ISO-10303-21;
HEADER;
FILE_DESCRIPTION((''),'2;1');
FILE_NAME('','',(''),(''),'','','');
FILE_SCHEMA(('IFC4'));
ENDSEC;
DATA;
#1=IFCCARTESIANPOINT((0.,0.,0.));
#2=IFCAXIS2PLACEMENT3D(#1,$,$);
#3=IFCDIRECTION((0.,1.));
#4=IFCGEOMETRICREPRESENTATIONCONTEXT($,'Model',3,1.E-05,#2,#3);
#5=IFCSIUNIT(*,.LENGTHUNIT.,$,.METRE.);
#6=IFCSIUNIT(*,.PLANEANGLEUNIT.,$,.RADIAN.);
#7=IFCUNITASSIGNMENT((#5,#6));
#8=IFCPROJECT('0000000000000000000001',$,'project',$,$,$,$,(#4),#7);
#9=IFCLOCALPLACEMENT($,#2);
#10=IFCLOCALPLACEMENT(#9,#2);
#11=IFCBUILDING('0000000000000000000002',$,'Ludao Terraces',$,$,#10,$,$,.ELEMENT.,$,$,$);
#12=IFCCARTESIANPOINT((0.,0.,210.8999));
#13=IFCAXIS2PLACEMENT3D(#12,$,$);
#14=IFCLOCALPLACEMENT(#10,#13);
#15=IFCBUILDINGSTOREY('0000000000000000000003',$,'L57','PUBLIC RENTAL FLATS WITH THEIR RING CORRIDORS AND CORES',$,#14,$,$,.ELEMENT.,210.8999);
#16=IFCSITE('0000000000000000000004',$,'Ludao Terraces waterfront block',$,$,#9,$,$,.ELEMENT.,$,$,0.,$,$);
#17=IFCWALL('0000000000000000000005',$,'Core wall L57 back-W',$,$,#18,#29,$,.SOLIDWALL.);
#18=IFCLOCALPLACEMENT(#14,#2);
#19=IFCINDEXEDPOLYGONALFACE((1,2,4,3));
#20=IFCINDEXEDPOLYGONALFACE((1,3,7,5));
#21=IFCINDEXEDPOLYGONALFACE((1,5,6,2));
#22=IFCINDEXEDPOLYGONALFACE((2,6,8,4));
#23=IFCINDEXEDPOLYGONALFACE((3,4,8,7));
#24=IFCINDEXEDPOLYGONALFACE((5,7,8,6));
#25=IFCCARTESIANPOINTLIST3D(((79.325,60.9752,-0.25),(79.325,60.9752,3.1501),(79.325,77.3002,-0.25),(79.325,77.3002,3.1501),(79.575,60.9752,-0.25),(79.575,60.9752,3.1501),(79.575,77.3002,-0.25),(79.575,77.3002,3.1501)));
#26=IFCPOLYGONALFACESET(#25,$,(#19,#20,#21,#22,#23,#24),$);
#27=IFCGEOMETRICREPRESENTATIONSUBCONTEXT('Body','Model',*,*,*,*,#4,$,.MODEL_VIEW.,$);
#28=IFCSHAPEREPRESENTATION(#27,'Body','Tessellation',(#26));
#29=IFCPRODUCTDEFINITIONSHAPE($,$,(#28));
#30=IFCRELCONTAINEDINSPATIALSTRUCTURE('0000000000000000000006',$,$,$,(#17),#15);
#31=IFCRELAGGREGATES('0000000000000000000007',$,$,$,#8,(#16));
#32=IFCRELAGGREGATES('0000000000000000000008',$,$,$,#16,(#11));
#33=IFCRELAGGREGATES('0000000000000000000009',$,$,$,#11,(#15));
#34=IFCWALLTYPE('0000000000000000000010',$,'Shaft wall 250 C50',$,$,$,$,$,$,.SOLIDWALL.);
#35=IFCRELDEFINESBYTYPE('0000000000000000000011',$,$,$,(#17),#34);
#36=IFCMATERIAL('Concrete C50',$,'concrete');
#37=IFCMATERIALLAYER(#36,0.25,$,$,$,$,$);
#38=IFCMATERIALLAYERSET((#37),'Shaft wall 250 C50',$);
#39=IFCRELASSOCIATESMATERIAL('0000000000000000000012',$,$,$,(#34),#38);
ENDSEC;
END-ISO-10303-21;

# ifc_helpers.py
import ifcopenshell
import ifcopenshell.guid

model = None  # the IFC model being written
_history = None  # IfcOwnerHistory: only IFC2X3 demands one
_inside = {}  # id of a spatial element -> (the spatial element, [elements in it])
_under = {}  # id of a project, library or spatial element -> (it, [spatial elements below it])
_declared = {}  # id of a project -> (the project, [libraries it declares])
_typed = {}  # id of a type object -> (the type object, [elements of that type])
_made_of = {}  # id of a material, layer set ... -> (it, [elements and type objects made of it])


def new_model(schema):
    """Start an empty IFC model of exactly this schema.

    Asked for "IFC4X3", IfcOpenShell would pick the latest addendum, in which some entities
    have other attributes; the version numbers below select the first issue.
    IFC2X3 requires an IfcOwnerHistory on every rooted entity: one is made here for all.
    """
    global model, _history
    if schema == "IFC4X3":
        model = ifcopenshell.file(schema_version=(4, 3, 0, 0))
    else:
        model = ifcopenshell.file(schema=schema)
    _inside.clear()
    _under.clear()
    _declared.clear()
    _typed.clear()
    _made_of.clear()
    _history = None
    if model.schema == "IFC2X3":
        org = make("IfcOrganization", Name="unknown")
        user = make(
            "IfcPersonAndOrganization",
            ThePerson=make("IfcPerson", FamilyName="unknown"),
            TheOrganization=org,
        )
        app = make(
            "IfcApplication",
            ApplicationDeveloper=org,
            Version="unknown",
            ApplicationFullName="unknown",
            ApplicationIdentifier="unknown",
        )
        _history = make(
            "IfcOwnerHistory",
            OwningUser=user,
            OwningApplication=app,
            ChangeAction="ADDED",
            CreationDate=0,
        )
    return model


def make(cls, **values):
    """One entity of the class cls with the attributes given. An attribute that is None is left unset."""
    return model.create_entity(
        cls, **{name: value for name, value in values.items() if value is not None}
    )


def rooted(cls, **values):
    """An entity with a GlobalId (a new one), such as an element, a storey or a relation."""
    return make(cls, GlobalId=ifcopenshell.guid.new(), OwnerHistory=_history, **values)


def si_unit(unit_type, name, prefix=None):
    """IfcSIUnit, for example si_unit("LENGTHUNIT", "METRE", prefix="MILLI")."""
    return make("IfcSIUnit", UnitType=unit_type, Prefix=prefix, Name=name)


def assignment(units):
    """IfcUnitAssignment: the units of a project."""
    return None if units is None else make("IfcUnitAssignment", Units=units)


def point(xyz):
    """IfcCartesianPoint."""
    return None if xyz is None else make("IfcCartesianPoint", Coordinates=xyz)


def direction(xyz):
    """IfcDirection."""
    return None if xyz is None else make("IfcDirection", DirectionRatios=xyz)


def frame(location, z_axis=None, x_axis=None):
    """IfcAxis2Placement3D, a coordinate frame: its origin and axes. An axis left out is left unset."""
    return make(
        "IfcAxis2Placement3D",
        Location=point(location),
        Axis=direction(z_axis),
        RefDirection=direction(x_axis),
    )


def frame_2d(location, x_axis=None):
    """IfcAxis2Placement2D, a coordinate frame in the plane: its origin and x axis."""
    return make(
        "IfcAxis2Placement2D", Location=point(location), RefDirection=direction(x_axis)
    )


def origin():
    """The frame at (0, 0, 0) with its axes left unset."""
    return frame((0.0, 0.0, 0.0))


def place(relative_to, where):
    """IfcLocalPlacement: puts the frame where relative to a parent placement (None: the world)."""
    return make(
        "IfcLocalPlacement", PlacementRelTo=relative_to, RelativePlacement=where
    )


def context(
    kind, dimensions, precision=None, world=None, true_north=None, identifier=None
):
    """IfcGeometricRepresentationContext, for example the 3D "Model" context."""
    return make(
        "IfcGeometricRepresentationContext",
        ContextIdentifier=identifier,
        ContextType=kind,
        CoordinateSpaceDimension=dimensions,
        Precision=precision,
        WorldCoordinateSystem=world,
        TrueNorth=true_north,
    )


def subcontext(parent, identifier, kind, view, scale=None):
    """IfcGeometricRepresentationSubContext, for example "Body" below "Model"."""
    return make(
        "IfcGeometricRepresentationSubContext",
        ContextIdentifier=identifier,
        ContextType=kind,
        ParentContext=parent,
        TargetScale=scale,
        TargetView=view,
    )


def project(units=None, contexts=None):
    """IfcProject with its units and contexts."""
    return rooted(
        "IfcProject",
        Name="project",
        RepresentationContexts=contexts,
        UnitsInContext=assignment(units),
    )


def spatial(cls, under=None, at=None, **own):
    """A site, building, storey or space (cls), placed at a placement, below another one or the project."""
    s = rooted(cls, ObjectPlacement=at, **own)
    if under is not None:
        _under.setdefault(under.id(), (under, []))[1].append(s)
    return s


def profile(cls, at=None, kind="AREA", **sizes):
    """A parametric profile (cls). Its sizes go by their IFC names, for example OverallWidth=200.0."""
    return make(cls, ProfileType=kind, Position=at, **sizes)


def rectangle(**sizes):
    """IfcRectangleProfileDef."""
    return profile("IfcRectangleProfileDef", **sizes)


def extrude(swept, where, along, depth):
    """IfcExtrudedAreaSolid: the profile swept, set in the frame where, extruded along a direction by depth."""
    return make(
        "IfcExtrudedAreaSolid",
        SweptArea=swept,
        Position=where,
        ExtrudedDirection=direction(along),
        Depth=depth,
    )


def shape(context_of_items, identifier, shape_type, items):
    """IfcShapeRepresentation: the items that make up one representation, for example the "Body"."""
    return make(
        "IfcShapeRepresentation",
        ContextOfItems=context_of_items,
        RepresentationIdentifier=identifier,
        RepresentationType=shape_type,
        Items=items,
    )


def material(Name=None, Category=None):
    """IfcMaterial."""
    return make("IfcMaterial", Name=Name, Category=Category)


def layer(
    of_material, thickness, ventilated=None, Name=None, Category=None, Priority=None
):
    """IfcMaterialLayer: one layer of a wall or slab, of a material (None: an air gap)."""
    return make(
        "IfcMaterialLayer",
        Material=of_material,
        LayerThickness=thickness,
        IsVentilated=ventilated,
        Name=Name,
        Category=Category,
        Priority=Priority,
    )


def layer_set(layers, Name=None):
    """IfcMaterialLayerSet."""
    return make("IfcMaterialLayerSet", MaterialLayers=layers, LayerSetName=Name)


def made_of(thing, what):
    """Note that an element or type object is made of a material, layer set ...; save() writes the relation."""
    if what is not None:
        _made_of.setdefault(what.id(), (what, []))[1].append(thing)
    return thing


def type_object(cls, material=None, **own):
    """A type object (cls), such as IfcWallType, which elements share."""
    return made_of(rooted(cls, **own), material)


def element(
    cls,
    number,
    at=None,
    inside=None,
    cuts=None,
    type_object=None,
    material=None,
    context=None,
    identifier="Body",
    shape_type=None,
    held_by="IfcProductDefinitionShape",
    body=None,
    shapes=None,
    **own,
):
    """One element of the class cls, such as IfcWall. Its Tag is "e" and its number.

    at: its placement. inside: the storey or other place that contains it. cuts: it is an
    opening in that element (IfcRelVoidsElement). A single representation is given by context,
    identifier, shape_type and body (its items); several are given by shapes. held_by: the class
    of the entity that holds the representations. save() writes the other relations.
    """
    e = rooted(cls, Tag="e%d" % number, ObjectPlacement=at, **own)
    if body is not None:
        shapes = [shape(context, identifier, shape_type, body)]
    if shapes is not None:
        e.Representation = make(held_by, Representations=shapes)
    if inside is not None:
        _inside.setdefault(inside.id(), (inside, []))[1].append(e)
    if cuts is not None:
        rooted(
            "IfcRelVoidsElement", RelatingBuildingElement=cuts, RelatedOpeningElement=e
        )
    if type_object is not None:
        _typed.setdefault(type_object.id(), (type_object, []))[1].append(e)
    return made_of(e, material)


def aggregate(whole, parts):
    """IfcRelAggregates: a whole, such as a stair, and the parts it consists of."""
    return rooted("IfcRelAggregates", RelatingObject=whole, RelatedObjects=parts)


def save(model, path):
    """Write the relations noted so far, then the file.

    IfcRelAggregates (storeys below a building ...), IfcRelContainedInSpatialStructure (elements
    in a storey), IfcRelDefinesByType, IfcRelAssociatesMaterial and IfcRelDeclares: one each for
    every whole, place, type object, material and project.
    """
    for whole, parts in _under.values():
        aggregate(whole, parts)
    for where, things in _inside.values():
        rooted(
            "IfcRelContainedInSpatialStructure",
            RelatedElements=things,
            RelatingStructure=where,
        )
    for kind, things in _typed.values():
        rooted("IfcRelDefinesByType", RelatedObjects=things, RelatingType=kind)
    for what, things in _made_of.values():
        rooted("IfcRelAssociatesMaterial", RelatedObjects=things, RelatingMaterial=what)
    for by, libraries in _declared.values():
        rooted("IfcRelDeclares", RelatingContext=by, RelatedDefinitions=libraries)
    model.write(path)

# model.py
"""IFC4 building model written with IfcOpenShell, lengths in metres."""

from ifc_helpers import new_model, si_unit, direction, frame, frame_2d, origin, place, context, subcontext, project, spatial, rectangle, extrude, material, layer, layer_set, type_object, element, save


model = new_model("IFC4")

# Units and contexts
model_context = context("Model", 3, precision=1e-05, world=origin(), true_north=direction((0.0, 1.0)))
body_context = subcontext(model_context, "Body", "Model", "MODEL_VIEW")
ifc_project = project(units=[si_unit("LENGTHUNIT", "METRE"), si_unit("PLANEANGLEUNIT", "RADIAN")], contexts=[model_context])

# Site, building, storey
site_placement = place(None, origin())
site = spatial("IfcSite", under=ifc_project, at=site_placement, Name="Ludao Terraces waterfront block", CompositionType="ELEMENT", RefElevation=0.0)
building_placement = place(site_placement, origin())
building = spatial("IfcBuilding", under=site, at=building_placement, Name="Ludao Terraces", CompositionType="ELEMENT")
storey_placement = place(building_placement, frame((0.0, 0.0, 210.8999)))
storey = spatial("IfcBuildingStorey", under=building, at=storey_placement, Name="L57", Description="PUBLIC RENTAL FLATS WITH THEIR RING CORRIDORS AND CORES", CompositionType="ELEMENT", Elevation=210.8999)

# Shared definitions
ifc_material_1 = material(Name="Concrete C50", Category="concrete")

# Wall
ifc_layer_1 = layer(ifc_material_1, 0.25)
ifc_layer_set_1 = layer_set([ifc_layer_1], Name="Shaft wall 250 C50")
wall_type_1 = type_object("IfcWallType", Name="Shaft wall 250 C50", PredefinedType="SOLIDWALL", material=ifc_layer_set_1)
wall_1_placement = place(storey_placement, frame((79.45, 60.9751, -0.25), z_axis=(0.0, 0.0, 1.0), x_axis=(0.0, 1.0, 0.0)))
element("IfcWall", 1, at=wall_1_placement, inside=storey, type_object=wall_type_1, Name="Core wall L57 back-W", PredefinedType="SOLIDWALL", context=body_context, shape_type="SweptSolid", body=[
    extrude(rectangle(XDim=16.325, YDim=0.25, at=frame_2d((8.1626, 0.0))), origin(), (0.0, 0.0, 1.0), 3.4001),
])

save(model, "model.ifc")
